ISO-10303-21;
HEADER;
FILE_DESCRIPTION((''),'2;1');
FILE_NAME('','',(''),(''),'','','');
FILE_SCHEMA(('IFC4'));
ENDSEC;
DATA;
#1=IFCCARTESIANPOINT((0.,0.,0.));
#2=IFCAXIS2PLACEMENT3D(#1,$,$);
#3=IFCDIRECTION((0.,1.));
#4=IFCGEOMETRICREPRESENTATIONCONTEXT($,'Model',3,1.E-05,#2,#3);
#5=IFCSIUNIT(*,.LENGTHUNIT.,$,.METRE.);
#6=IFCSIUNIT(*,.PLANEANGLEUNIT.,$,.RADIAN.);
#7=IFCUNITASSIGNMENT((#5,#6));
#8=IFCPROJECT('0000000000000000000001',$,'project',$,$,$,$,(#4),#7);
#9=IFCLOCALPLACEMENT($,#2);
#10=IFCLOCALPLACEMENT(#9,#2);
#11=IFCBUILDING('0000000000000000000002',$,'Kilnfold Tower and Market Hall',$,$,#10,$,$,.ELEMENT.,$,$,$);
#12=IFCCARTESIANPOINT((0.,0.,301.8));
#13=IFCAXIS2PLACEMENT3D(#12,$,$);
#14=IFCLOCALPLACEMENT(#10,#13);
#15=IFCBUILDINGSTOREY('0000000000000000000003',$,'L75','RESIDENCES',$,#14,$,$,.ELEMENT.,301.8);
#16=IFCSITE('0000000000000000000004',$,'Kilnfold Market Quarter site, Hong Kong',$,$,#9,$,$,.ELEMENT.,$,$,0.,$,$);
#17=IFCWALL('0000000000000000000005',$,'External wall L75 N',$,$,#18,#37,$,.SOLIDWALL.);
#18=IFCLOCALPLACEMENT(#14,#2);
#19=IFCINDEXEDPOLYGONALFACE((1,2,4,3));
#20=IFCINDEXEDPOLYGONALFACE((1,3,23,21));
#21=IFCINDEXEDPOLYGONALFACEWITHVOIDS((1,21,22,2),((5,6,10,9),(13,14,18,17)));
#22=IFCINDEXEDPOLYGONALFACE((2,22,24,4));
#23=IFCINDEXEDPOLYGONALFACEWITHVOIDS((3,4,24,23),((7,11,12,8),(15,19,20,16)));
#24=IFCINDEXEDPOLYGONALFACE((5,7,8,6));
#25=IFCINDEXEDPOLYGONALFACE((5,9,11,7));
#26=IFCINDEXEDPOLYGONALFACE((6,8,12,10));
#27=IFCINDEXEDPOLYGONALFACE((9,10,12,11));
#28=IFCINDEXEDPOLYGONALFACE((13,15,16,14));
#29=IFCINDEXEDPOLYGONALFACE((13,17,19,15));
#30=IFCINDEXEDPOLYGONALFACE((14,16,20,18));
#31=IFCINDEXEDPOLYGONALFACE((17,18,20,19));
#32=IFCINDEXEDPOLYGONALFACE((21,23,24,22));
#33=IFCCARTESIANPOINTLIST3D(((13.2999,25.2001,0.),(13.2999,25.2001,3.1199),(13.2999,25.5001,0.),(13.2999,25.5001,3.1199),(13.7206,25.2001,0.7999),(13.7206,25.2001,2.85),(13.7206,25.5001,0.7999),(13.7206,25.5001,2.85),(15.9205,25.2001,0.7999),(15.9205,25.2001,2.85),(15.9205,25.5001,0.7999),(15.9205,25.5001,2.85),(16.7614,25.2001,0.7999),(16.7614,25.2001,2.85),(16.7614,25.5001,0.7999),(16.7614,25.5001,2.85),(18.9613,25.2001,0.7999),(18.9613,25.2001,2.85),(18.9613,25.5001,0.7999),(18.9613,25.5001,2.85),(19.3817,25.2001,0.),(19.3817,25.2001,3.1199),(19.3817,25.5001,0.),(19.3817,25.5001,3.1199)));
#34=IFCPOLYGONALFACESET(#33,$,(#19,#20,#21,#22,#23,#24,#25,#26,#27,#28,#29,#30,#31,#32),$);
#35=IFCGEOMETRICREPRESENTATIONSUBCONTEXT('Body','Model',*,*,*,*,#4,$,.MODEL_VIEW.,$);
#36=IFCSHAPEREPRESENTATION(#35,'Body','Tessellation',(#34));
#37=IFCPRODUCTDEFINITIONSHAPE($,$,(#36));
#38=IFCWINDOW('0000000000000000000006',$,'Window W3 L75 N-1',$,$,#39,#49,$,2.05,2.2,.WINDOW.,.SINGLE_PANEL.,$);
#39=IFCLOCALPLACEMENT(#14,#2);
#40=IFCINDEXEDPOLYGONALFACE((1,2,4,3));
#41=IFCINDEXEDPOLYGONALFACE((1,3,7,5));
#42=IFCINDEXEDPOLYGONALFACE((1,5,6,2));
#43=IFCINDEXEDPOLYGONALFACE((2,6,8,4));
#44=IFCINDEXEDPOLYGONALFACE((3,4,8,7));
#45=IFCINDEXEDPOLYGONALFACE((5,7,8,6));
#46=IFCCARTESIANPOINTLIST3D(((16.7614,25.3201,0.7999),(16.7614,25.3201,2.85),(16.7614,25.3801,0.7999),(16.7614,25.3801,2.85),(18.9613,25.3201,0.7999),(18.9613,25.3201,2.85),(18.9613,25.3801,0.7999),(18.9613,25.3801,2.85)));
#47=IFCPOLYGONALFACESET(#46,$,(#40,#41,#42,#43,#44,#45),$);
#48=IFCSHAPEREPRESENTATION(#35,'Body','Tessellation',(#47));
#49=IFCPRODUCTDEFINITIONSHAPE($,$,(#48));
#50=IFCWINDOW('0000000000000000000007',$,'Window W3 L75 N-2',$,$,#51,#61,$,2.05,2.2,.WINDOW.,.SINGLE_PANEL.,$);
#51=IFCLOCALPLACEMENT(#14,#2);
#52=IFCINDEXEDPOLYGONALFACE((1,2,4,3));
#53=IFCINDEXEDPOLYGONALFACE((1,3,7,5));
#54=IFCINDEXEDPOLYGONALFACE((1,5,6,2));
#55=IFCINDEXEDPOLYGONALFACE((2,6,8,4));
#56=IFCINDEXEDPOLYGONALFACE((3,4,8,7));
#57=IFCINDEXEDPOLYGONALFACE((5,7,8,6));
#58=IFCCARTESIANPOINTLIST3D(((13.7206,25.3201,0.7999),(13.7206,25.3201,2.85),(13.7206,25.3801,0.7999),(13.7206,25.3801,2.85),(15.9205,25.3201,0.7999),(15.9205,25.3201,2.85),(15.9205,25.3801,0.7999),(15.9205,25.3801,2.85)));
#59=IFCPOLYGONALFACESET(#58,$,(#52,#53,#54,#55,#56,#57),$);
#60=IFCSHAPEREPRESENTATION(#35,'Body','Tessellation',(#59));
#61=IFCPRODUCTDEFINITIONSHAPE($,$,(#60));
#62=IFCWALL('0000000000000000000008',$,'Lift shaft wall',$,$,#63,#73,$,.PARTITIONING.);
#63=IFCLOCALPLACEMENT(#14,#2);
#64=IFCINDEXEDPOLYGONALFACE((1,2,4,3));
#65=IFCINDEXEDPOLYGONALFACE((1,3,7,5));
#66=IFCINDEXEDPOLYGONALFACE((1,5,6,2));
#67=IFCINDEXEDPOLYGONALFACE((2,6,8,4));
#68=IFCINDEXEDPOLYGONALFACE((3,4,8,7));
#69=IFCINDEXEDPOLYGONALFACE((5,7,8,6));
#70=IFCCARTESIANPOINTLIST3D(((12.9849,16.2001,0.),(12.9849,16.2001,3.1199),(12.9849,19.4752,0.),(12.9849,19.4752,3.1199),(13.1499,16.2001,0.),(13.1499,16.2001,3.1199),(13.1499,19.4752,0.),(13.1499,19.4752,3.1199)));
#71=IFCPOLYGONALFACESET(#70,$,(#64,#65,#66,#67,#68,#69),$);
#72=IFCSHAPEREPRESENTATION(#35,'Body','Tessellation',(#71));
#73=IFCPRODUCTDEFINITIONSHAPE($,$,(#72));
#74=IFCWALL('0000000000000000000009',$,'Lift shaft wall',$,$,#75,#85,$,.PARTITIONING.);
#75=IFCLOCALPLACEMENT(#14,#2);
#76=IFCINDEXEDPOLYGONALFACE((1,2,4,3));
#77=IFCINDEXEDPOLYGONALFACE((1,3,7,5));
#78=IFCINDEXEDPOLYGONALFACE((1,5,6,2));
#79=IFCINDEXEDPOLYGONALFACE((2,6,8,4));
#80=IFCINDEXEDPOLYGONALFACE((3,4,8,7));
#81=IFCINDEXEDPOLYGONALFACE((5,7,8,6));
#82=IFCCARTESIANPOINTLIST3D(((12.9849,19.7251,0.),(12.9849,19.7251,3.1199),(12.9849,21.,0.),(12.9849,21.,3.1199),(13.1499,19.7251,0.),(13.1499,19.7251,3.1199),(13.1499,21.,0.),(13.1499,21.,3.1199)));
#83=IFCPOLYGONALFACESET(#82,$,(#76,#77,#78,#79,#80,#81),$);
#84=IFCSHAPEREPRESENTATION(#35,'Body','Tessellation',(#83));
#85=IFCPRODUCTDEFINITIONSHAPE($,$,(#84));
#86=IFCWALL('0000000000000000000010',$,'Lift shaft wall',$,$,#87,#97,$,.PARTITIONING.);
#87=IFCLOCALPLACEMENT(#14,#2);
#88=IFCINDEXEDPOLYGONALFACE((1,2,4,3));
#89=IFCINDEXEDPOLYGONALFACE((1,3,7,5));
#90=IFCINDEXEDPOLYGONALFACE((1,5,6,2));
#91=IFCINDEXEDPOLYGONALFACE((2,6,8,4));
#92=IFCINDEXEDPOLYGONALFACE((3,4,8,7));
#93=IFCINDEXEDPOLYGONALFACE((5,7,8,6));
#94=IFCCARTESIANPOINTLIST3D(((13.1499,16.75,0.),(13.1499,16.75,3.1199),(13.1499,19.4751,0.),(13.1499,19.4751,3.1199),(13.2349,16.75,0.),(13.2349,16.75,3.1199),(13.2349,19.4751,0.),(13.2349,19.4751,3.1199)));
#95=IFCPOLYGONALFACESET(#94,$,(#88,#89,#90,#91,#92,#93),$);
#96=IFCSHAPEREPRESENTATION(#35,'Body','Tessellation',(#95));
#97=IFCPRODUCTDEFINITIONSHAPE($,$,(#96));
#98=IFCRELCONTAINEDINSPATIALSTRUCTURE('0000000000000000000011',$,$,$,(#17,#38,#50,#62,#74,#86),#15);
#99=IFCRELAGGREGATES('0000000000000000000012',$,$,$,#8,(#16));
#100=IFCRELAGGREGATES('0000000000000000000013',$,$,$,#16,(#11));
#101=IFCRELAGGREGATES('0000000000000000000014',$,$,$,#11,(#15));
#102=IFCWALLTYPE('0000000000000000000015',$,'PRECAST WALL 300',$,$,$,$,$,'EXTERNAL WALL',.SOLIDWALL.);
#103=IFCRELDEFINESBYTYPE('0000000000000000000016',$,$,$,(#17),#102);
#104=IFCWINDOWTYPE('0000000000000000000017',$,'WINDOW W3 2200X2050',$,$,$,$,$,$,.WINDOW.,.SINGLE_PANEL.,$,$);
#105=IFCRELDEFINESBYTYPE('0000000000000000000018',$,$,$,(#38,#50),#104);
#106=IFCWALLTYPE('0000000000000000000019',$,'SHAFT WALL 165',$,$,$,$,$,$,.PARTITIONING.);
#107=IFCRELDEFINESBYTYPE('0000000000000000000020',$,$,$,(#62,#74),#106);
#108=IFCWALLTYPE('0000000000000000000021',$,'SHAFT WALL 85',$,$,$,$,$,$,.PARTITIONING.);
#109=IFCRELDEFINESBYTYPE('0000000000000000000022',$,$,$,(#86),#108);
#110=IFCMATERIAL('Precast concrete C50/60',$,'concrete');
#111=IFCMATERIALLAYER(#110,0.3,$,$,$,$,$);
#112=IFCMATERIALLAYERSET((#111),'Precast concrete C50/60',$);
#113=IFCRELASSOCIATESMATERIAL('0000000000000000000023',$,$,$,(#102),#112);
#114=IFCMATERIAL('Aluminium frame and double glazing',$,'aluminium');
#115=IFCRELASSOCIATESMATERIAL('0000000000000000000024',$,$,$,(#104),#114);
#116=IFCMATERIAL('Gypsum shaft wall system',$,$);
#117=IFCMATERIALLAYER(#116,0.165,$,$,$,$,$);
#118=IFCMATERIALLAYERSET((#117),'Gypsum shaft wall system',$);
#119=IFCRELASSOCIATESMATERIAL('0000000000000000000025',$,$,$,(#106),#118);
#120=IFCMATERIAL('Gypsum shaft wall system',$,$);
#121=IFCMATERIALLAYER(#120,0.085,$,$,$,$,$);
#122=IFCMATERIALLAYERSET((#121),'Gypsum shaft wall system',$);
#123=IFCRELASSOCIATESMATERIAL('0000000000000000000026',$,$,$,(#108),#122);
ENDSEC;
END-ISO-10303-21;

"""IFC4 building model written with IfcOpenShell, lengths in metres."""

from ifc_helpers import new_model, si_unit, direction, frame, frame_2d, origin, place, context, subcontext, project, spatial, rectangle, extrude, source, transform, mapped, material, layer, layer_set, type_object, element, fill, save


model = new_model("IFC4")

# Units and contexts
model_context = context("Model", 3, precision=1e-05, world=origin(), true_north=direction((0.0, 1.0)))
body_context = subcontext(model_context, "Body", "Model", "MODEL_VIEW")
ifc_project = project(units=[si_unit("LENGTHUNIT", "METRE"), si_unit("PLANEANGLEUNIT", "RADIAN")], contexts=[model_context])

# Site, building, storey
site_placement = place(None, origin())
site = spatial("IfcSite", under=ifc_project, at=site_placement, Name="Kilnfold Market Quarter site, Hong Kong", CompositionType="ELEMENT", RefElevation=0.0)
building_placement = place(site_placement, origin())
building = spatial("IfcBuilding", under=site, at=building_placement, Name="Kilnfold Tower and Market Hall", CompositionType="ELEMENT")
storey_placement = place(building_placement, frame((0.0, 0.0, 301.8)))
storey = spatial("IfcBuildingStorey", under=building, at=storey_placement, Name="L75", Description="RESIDENCES", CompositionType="ELEMENT", Elevation=301.8)

# Shared definitions
ifc_material_1 = material(Name="Precast concrete C50/60", Category="concrete")
ifc_layer_1 = layer(ifc_material_1, 0.3)
ifc_layer_set_1 = layer_set([ifc_layer_1], Name="Precast concrete C50/60")
wall_type_1 = type_object("IfcWallType", Name="PRECAST WALL 300", ElementType="EXTERNAL WALL", PredefinedType="SOLIDWALL", material=ifc_layer_set_1)
ifc_material_2 = material(Name="Aluminium frame and double glazing", Category="aluminium")
window_type = type_object("IfcWindowType", Name="WINDOW W3 2200X2050", PartitioningType="SINGLE_PANEL", PredefinedType="WINDOW", material=ifc_material_2)

# Wall, openings, windows
shared_shape_1 = source(origin(), body_context, "Body", "SweptSolid", [
    extrude(rectangle(XDim=6.0818, YDim=0.3, at=frame_2d((3.041, 0.0))), origin(), (0.0, 0.0, 1.0), 3.1199),
])
wall_1_placement = place(storey_placement, frame((19.3818, 25.3501, 0.0), z_axis=(0.0, 0.0, 1.0), x_axis=(-1.0, 0.0, 0.0)))
wall_1 = element("IfcWall", 1, at=wall_1_placement, inside=storey, type_object=wall_type_1, Name="External wall L75 N", PredefinedType="SOLIDWALL", context=body_context, shape_type="MappedRepresentation", body=[
    mapped(shared_shape_1, transform((0.0, 0.0, 0.0))),
])
opening_1_placement = place(wall_1_placement, frame((0.4204, 0.0, 0.8)))
opening_1 = element("IfcOpeningElement", 2, at=opening_1_placement, cuts=wall_1, PredefinedType="OPENING", context=body_context, shape_type="SweptSolid", body=[
    extrude(rectangle(XDim=2.2, YDim=2.05, at=frame_2d((1.1001, 1.0249))), frame((0.0, 0.1602, 0.0), z_axis=(0.0, -1.0, 0.0), x_axis=(1.0, 0.0, 0.0)), (0.0, 0.0, 1.0), 0.3201),
])
opening_2_placement = place(wall_1_placement, frame((3.4612, 0.0, 0.8)))
opening_2 = element("IfcOpeningElement", 3, at=opening_2_placement, cuts=wall_1, PredefinedType="OPENING", context=body_context, shape_type="SweptSolid", body=[
    extrude(rectangle(XDim=2.2, YDim=2.05, at=frame_2d((1.1001, 1.0249))), frame((0.0, 0.1602, 0.0), z_axis=(0.0, -1.0, 0.0), x_axis=(1.0, 0.0, 0.0)), (0.0, 0.0, 1.0), 0.3201),
])
window_1_placement = place(opening_1_placement, origin())
window_1 = element("IfcWindow", 4, at=window_1_placement, inside=storey, type_object=window_type, Name="Window W3 L75 N-1", OverallHeight=2.05, OverallWidth=2.2, PartitioningType="SINGLE_PANEL", PredefinedType="WINDOW", context=body_context, shape_type="SweptSolid", body=[
    extrude(rectangle(XDim=2.2, YDim=2.05, at=frame_2d((1.1001, 1.0249))), frame((0.0, 0.03, 0.0), z_axis=(0.0, -1.0, 0.0), x_axis=(1.0, 0.0, 0.0)), (0.0, 0.0, 1.0), 0.0601),
])
fill(opening_1, window_1)
window_2_placement = place(opening_2_placement, origin())
window_2 = element("IfcWindow", 5, at=window_2_placement, inside=storey, type_object=window_type, Name="Window W3 L75 N-2", OverallHeight=2.05, OverallWidth=2.2, PartitioningType="SINGLE_PANEL", PredefinedType="WINDOW", context=body_context, shape_type="SweptSolid", body=[
    extrude(rectangle(XDim=2.2, YDim=2.05, at=frame_2d((1.1001, 1.0249))), frame((0.0, 0.03, 0.0), z_axis=(0.0, -1.0, 0.0), x_axis=(1.0, 0.0, 0.0)), (0.0, 0.0, 1.0), 0.0601),
])
fill(opening_2, window_2)

# Walls
ifc_material_3 = material(Name="Gypsum shaft wall system")
ifc_layer_2 = layer(ifc_material_3, 0.165)
ifc_layer_set_2 = layer_set([ifc_layer_2], Name="Gypsum shaft wall system")
wall_type_2 = type_object("IfcWallType", Name="SHAFT WALL 165", PredefinedType="PARTITIONING", material=ifc_layer_set_2)
shared_shape_2 = source(origin(), body_context, "Body", "SweptSolid", [
    extrude(rectangle(XDim=3.2751, YDim=0.165, at=frame_2d((1.6377, 0.0))), origin(), (0.0, 0.0, 1.0), 3.1199),
])
wall_2_placement = place(storey_placement, frame((13.0674, 16.2, 0.0), z_axis=(0.0, 0.0, 1.0), x_axis=(0.0, 1.0, 0.0)))
element("IfcWall", 6, at=wall_2_placement, inside=storey, type_object=wall_type_2, Name="Lift shaft wall", PredefinedType="PARTITIONING", context=body_context, shape_type="MappedRepresentation", body=[
    mapped(shared_shape_2, transform((0.0, 0.0, 0.0))),
])
shared_shape_3 = source(origin(), body_context, "Body", "SweptSolid", [
    extrude(rectangle(XDim=1.2749, YDim=0.165, at=frame_2d((0.6375, 0.0))), origin(), (0.0, 0.0, 1.0), 3.1199),
])
wall_3_placement = place(storey_placement, frame((13.0674, 19.7251, 0.0), z_axis=(0.0, 0.0, 1.0), x_axis=(0.0, 1.0, 0.0)))
element("IfcWall", 7, at=wall_3_placement, inside=storey, type_object=wall_type_2, Name="Lift shaft wall", PredefinedType="PARTITIONING", context=body_context, shape_type="MappedRepresentation", body=[
    mapped(shared_shape_3, transform((0.0, 0.0, 0.0))),
])
ifc_material_4 = material(Name="Gypsum shaft wall system")
ifc_layer_3 = layer(ifc_material_4, 0.085)
ifc_layer_set_3 = layer_set([ifc_layer_3], Name="Gypsum shaft wall system")
wall_type_3 = type_object("IfcWallType", Name="SHAFT WALL 85", PredefinedType="PARTITIONING", material=ifc_layer_set_3)
shared_shape_4 = source(origin(), body_context, "Body", "SweptSolid", [
    extrude(rectangle(XDim=2.7251, YDim=0.085, at=frame_2d((1.3625, 0.0))), origin(), (0.0, 0.0, 1.0), 3.1199),
])
wall_4_placement = place(storey_placement, frame((13.1924, 16.75, 0.0), z_axis=(0.0, 0.0, 1.0), x_axis=(0.0, 1.0, 0.0)))
element("IfcWall", 8, at=wall_4_placement, inside=storey, type_object=wall_type_3, Name="Lift shaft wall", PredefinedType="PARTITIONING", context=body_context, shape_type="MappedRepresentation", body=[
    mapped(shared_shape_4, transform((0.0, 0.0, 0.0))),
])

save(model, "model.ifc")
